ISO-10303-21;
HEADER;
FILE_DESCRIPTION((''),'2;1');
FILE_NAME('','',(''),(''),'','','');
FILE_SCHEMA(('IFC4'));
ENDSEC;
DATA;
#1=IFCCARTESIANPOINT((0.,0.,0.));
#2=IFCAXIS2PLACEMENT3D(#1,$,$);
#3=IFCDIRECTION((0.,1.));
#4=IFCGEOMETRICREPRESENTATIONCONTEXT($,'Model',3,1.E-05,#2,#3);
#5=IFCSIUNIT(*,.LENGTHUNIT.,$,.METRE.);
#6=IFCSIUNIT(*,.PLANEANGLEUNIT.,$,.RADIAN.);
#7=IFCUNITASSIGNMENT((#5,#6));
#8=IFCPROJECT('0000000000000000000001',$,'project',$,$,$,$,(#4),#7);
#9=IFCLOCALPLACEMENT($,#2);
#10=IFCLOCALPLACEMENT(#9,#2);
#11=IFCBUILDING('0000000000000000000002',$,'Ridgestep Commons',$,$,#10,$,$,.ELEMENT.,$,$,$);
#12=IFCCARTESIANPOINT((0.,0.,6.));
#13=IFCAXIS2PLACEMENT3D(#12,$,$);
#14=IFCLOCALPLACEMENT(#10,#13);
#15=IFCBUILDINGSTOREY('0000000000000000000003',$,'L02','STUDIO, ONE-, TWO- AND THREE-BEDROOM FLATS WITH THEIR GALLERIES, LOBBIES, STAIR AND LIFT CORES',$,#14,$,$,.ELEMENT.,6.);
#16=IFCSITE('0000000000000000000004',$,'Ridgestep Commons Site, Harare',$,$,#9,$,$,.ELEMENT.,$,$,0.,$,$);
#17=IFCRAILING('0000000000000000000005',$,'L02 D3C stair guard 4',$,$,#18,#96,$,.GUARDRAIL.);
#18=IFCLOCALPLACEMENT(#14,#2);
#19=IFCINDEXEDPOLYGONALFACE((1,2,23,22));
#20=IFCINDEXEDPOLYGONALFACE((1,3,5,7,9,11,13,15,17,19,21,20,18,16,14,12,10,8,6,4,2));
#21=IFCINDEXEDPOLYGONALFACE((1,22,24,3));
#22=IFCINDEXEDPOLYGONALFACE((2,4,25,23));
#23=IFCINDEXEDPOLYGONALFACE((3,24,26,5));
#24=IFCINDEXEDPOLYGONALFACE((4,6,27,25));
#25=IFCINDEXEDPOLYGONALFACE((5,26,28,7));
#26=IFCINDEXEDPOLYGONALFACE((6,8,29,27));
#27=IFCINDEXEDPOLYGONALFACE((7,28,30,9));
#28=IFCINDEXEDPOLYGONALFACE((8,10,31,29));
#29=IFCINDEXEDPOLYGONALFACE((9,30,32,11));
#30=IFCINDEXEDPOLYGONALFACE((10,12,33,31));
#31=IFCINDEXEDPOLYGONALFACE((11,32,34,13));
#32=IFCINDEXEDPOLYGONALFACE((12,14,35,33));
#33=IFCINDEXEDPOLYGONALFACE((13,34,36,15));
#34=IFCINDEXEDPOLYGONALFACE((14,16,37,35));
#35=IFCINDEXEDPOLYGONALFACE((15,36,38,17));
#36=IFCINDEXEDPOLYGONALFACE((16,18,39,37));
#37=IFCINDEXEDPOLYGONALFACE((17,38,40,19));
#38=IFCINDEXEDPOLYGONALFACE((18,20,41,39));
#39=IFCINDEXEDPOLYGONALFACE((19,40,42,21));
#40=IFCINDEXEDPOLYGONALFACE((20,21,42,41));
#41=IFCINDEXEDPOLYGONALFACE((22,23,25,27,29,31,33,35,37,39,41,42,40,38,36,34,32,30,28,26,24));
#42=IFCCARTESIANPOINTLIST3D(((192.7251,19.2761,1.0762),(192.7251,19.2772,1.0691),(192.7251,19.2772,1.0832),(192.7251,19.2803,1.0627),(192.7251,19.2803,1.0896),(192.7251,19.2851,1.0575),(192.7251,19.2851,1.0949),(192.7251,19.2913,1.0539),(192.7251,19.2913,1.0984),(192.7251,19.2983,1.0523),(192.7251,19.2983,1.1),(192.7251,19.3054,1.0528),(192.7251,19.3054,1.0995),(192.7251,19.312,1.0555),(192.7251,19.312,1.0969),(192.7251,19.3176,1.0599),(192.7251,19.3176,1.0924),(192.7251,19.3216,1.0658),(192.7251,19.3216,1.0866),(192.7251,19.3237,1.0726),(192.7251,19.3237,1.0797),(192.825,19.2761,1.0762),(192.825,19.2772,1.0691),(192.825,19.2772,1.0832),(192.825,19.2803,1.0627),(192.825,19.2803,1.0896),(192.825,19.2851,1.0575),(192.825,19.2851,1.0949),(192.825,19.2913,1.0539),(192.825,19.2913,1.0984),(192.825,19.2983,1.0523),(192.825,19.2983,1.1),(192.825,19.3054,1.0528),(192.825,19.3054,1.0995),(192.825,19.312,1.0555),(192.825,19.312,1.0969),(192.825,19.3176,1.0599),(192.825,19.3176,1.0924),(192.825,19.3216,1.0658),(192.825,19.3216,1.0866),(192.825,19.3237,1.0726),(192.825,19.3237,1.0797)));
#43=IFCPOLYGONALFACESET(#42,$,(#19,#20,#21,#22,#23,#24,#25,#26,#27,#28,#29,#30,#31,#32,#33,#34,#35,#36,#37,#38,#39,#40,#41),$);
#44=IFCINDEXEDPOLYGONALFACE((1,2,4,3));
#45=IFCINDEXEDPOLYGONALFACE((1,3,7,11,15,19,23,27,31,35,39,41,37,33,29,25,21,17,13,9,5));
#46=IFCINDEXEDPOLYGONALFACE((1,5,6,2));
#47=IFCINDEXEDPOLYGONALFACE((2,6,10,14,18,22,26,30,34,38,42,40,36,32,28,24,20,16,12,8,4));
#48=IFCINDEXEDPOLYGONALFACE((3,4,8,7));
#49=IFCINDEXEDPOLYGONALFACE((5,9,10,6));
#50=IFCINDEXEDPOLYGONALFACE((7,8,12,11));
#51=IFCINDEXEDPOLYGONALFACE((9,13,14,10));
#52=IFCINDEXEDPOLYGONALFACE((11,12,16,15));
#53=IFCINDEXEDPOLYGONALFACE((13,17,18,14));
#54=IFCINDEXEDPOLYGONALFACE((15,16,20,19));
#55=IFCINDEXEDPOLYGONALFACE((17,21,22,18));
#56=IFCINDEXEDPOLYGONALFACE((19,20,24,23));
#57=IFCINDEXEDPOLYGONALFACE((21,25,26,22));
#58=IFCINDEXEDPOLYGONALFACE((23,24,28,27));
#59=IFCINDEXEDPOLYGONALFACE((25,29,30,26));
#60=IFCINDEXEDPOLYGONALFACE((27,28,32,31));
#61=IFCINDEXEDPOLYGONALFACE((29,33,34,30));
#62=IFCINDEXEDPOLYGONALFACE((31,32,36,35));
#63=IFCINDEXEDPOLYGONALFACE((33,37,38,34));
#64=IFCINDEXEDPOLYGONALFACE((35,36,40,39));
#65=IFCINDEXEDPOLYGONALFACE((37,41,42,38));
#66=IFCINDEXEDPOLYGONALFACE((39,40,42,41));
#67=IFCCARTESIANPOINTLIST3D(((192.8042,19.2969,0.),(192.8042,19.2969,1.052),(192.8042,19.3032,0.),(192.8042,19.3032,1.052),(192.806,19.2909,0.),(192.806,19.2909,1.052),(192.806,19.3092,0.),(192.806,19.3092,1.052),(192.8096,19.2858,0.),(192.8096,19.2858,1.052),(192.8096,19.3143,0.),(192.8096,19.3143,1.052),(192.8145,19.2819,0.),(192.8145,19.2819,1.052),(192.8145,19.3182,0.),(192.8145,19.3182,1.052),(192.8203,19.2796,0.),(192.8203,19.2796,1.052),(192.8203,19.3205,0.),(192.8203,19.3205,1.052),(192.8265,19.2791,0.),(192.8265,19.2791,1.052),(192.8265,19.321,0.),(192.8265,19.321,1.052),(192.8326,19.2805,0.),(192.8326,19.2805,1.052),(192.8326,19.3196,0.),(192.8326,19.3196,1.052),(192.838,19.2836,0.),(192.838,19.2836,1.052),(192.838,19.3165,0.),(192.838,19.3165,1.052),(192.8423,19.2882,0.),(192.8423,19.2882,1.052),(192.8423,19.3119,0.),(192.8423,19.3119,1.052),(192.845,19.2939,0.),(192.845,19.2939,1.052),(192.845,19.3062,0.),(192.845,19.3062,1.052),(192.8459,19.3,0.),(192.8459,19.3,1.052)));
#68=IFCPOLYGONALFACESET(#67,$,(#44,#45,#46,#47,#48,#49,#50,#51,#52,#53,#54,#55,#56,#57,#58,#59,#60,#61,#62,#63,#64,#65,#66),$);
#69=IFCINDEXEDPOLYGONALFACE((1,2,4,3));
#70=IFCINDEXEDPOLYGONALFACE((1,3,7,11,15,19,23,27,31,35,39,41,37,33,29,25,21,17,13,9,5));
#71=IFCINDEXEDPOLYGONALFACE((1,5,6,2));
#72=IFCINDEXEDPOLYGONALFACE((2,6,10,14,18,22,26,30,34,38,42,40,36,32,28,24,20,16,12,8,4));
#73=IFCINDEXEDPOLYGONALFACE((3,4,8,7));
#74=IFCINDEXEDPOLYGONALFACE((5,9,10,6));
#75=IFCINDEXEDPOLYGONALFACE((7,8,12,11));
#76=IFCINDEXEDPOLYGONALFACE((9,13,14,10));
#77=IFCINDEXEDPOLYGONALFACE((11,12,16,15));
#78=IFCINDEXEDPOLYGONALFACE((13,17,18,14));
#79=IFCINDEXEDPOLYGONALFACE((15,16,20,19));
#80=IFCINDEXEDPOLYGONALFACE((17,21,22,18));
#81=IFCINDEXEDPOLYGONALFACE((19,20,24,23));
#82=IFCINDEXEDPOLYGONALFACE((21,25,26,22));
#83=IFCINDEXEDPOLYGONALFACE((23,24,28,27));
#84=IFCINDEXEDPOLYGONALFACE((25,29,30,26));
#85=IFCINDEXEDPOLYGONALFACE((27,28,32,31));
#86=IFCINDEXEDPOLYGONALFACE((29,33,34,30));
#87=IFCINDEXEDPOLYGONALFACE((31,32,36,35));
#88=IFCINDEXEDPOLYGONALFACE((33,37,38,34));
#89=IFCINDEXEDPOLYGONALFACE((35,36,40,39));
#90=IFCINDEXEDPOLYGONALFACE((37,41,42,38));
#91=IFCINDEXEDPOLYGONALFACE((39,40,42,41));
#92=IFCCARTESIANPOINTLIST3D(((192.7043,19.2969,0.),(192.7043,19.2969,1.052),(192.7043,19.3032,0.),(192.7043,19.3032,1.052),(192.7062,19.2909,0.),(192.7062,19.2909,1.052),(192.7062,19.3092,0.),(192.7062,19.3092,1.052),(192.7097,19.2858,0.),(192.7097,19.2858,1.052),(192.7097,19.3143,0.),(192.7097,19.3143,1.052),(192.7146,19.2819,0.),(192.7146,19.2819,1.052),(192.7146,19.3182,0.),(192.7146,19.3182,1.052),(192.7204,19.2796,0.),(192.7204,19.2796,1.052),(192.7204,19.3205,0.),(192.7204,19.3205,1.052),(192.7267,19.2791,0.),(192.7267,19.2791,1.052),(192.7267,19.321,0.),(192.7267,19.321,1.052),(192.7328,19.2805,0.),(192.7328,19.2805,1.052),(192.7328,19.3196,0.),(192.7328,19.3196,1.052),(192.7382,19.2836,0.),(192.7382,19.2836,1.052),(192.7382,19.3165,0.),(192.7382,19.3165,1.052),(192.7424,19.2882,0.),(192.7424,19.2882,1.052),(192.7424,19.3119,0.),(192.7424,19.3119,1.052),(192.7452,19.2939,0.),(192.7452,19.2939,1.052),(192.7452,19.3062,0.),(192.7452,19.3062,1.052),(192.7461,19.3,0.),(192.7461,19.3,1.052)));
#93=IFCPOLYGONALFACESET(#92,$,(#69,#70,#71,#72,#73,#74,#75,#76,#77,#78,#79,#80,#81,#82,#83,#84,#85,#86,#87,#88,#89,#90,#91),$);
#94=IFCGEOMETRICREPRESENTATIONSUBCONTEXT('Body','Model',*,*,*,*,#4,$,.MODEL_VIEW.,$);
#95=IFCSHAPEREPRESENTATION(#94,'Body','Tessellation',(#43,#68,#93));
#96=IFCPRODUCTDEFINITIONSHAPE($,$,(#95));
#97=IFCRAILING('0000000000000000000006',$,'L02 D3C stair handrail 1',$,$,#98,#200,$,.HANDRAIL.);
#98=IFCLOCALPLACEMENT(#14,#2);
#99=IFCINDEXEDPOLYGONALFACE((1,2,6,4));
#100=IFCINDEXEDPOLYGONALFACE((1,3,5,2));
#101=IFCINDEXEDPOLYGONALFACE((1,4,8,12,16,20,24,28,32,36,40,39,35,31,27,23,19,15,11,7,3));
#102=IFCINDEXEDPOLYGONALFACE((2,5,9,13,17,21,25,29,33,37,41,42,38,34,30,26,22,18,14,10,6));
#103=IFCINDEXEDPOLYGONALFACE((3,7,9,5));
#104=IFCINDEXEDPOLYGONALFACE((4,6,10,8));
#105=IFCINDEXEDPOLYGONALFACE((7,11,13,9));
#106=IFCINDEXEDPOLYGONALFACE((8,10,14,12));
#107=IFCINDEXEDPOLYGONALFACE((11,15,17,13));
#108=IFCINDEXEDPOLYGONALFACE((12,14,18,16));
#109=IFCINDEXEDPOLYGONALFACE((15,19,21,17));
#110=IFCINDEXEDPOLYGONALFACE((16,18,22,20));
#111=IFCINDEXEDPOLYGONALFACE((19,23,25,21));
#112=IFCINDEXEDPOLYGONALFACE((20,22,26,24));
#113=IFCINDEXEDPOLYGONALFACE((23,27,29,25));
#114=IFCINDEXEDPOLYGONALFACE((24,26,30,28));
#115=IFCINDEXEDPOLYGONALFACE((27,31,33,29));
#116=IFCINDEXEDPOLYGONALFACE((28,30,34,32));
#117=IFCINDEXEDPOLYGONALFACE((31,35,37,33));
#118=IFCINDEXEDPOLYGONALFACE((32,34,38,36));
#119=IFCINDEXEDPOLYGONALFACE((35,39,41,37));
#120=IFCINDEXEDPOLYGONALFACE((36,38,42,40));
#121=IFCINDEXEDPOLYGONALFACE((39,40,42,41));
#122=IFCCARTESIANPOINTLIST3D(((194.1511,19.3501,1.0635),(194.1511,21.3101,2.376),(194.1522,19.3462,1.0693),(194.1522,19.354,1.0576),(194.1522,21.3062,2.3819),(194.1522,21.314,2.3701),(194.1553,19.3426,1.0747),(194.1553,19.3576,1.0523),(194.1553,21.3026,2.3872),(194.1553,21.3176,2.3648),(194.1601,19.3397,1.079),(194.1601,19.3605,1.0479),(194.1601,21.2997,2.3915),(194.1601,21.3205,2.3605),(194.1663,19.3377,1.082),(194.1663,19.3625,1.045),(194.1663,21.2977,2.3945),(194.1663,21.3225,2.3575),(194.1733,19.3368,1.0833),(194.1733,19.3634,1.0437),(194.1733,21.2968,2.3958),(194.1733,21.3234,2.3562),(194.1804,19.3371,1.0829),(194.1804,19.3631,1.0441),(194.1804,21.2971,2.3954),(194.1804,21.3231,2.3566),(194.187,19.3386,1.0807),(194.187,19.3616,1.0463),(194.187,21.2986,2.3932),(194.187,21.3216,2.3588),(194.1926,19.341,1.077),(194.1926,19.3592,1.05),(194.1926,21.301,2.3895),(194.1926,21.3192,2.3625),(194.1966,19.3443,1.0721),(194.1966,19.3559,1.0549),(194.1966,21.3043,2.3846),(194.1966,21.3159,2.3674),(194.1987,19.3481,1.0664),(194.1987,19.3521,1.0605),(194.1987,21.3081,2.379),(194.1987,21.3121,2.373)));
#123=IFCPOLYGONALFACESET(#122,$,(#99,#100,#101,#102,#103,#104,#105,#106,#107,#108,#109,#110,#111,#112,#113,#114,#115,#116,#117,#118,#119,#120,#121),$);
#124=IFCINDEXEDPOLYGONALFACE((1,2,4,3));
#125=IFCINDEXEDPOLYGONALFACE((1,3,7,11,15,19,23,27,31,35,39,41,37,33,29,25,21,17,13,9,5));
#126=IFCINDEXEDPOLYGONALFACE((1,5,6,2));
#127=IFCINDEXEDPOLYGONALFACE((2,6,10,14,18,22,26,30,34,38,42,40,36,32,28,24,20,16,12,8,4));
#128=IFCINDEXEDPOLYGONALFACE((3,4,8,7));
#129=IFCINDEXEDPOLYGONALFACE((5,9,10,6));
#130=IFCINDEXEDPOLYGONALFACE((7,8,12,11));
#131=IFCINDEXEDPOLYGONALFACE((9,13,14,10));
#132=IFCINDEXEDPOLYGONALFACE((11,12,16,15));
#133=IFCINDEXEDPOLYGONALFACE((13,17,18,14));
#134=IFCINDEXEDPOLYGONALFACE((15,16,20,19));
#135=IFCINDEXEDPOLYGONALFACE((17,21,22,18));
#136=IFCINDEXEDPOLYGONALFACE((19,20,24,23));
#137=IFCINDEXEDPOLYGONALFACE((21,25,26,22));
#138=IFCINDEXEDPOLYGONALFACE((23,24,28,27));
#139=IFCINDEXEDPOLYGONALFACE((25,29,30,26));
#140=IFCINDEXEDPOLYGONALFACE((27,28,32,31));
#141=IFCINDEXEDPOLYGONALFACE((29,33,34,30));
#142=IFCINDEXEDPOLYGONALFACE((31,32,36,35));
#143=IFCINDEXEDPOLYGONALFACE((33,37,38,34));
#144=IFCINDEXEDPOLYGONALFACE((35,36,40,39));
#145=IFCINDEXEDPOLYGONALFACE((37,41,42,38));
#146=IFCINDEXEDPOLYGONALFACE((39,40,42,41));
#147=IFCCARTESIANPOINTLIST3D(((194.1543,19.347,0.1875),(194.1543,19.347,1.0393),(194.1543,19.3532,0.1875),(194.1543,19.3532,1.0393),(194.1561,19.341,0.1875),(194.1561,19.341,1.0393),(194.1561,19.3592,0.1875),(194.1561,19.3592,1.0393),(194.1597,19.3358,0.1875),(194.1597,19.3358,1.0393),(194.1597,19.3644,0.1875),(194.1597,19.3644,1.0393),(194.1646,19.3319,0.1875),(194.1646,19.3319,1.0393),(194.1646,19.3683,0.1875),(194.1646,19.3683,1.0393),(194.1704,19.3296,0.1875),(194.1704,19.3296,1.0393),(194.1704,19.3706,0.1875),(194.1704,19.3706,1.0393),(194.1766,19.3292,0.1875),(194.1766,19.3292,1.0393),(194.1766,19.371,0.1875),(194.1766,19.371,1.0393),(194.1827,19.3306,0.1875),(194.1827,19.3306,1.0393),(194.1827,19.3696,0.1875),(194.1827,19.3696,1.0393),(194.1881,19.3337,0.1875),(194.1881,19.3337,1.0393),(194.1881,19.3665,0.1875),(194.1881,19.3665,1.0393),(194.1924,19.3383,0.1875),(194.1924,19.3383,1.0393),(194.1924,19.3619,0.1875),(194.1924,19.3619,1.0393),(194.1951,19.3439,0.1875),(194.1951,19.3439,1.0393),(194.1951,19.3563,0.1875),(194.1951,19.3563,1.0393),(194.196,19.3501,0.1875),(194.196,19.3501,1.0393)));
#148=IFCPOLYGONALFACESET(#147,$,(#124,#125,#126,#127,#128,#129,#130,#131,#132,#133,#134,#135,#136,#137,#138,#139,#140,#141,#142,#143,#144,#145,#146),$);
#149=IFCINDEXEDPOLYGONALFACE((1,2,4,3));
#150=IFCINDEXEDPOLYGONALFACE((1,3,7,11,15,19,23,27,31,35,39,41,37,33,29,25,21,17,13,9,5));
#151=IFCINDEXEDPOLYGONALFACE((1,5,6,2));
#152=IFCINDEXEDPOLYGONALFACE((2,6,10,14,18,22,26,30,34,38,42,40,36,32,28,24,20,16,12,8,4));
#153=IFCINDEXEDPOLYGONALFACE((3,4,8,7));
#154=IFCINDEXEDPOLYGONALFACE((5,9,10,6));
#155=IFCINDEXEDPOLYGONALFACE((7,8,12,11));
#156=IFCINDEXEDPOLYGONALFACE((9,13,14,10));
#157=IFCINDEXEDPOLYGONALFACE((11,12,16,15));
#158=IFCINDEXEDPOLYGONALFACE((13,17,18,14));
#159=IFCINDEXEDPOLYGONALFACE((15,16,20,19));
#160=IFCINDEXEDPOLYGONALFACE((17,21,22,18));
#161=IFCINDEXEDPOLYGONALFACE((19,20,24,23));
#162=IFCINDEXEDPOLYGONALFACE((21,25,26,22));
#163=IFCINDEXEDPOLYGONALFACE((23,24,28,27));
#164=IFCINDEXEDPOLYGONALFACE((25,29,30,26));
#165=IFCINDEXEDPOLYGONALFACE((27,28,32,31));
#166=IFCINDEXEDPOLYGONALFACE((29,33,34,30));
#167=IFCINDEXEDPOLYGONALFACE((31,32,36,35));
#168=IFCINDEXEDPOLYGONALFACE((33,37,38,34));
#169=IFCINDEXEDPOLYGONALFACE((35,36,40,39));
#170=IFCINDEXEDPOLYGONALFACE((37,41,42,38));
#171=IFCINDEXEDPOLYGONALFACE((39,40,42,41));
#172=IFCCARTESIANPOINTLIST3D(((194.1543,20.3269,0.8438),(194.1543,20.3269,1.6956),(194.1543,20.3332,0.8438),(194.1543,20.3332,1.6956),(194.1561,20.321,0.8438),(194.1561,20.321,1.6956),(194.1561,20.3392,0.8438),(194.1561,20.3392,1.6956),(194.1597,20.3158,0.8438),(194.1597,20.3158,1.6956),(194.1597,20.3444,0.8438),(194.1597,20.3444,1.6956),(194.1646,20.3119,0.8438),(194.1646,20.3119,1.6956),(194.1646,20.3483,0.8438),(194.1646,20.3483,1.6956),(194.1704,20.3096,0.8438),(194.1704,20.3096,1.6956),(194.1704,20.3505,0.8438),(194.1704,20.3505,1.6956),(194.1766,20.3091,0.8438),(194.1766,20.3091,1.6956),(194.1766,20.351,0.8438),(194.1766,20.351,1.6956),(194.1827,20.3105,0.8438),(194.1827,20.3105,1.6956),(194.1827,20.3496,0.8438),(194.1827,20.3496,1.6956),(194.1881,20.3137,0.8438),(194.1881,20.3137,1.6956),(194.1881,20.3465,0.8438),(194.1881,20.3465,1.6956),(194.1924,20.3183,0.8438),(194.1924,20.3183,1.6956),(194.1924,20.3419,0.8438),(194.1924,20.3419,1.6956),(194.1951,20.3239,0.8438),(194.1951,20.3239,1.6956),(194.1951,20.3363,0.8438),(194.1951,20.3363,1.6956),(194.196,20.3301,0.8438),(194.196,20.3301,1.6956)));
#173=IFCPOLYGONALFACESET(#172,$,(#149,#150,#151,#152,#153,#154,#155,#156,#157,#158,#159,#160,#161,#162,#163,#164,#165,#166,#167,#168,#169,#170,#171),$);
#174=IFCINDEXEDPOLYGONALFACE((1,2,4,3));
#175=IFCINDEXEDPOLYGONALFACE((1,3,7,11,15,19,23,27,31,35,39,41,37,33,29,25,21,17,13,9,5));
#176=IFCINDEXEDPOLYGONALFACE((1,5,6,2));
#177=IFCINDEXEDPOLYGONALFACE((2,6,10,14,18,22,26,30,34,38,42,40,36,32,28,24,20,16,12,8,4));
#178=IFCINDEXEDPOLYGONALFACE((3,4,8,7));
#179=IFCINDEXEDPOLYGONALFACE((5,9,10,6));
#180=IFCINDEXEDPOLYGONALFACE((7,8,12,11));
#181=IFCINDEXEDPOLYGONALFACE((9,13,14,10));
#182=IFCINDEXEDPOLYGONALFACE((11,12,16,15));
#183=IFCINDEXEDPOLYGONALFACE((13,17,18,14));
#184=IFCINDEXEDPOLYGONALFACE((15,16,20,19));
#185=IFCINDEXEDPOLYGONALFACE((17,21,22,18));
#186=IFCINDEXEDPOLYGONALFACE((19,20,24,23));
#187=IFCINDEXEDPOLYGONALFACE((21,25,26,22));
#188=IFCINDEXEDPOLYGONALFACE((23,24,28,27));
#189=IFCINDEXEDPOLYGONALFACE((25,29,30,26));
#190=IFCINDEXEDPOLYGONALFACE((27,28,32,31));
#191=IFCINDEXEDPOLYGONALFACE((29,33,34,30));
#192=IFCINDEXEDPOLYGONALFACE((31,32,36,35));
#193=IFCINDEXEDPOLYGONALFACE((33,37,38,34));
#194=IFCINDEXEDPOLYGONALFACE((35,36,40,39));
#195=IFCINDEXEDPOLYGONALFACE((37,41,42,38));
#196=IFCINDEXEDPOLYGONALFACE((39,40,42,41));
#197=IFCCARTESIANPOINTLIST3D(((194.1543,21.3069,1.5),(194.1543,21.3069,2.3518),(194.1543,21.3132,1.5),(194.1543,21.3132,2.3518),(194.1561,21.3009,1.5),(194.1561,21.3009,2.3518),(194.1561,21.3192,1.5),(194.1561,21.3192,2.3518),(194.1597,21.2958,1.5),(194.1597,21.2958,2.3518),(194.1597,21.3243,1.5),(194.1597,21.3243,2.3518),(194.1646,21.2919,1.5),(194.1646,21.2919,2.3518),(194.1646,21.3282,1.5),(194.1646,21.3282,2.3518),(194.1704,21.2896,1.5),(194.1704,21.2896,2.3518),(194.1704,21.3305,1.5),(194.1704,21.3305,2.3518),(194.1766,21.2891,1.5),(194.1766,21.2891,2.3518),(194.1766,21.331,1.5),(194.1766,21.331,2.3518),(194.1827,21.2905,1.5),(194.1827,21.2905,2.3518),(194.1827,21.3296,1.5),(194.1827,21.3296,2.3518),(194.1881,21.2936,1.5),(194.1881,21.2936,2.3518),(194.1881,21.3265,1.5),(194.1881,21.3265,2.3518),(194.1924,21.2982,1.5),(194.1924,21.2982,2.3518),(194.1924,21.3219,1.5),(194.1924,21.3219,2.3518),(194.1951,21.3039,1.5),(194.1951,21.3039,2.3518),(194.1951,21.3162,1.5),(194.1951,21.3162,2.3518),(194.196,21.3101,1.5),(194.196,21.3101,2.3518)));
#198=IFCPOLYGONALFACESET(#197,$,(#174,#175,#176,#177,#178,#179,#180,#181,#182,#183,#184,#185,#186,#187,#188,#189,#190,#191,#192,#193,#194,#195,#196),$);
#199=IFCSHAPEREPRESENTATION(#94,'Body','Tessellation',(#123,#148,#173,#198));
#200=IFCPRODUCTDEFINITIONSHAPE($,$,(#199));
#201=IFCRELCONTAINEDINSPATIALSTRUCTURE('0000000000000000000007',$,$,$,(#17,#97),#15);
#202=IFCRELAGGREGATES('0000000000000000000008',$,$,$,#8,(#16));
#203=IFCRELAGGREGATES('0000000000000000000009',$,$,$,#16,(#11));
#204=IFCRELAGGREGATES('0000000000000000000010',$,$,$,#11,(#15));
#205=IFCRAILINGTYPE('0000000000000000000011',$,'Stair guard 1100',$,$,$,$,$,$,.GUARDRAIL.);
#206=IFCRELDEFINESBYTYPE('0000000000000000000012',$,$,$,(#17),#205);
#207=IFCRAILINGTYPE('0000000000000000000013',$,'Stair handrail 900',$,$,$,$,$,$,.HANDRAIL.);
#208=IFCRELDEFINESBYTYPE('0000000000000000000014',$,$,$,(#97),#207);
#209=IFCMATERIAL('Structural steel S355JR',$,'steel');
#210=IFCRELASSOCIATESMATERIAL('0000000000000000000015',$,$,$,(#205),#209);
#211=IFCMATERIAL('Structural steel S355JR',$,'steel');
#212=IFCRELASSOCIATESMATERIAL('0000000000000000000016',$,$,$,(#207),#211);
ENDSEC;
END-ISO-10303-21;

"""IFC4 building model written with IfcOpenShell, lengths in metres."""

from ifc_helpers import new_model, si_unit, direction, frame, origin, origin_2d, place, context, subcontext, project, spatial, circle, extrude, material, type_object, element, save


model = new_model("IFC4")

# Units and contexts
model_context = context("Model", 3, precision=1e-05, world=origin(), true_north=direction((0.0, 1.0)))
body_context = subcontext(model_context, "Body", "Model", "MODEL_VIEW")
ifc_project = project(units=[si_unit("LENGTHUNIT", "METRE"), si_unit("PLANEANGLEUNIT", "RADIAN")], contexts=[model_context])

# Site, building, storey
site_placement = place(None, origin())
site = spatial("IfcSite", under=ifc_project, at=site_placement, Name="Ridgestep Commons Site, Harare", CompositionType="ELEMENT", RefElevation=0.0)
building_placement = place(site_placement, origin())
building = spatial("IfcBuilding", under=site, at=building_placement, Name="Ridgestep Commons", CompositionType="ELEMENT")
storey_placement = place(building_placement, frame((0.0, 0.0, 6.0)))
storey = spatial("IfcBuildingStorey", under=building, at=storey_placement, Name="L02", Description="STUDIO, ONE-, TWO- AND THREE-BEDROOM FLATS WITH THEIR GALLERIES, LOBBIES, STAIR AND LIFT CORES", CompositionType="ELEMENT", Elevation=6.0)

# Railings
ifc_material_1 = material(Name="Structural steel S355JR", Category="steel")
railing_type_1 = type_object("IfcRailingType", Name="Stair guard 1100", PredefinedType="GUARDRAIL", material=ifc_material_1)
railing_1_placement = place(storey_placement, frame((192.825, 19.3, 0.0)))
element("IfcRailing", 1, at=railing_1_placement, inside=storey, type_object=railing_type_1, Name="L02 D3C stair guard 4", PredefinedType="GUARDRAIL", context=body_context, shape_type="SweptSolid", body=[
    extrude(circle(Radius=0.0239, at=origin_2d()), frame((0.0, 0.0, 1.0762), z_axis=(-1.0, 0.0, 0.0), x_axis=(0.0, -1.0, 0.0)), (0.0, 0.0, 1.0), 0.0999),
    extrude(circle(Radius=0.021, at=origin_2d()), origin(), (0.0, 0.0, 1.0), 1.052),
    extrude(circle(Radius=0.021, at=origin_2d()), frame((-0.0999, 0.0, 0.0)), (0.0, 0.0, 1.0), 1.052),
])
ifc_material_2 = material(Name="Structural steel S355JR", Category="steel")
railing_type_2 = type_object("IfcRailingType", Name="Stair handrail 900", PredefinedType="HANDRAIL", material=ifc_material_2)
railing_2_placement = place(storey_placement, frame((194.175, 19.3501, 0.1875)))
element("IfcRailing", 2, at=railing_2_placement, inside=storey, type_object=railing_type_2, Name="L02 D3C stair handrail 1", PredefinedType="HANDRAIL", context=body_context, shape_type="SweptSolid", body=[
    extrude(circle(Radius=0.0239, at=origin_2d()), frame((0.0, 0.0, 0.876), z_axis=(0.0, 0.830902, 0.556419), x_axis=(-1.0, 0.0, 0.0)), (0.0, 0.0, 1.0), 2.3589),
    extrude(circle(Radius=0.021, at=origin_2d()), origin(), (0.0, 0.0, 1.0), 0.8518),
    extrude(circle(Radius=0.021, at=origin_2d()), frame((0.0, 0.98, 0.6562)), (0.0, 0.0, 1.0), 0.8518),
    extrude(circle(Radius=0.021, at=origin_2d()), frame((0.0, 1.96, 1.3125)), (0.0, 0.0, 1.0), 0.8518),
])

save(model, "model.ifc")
